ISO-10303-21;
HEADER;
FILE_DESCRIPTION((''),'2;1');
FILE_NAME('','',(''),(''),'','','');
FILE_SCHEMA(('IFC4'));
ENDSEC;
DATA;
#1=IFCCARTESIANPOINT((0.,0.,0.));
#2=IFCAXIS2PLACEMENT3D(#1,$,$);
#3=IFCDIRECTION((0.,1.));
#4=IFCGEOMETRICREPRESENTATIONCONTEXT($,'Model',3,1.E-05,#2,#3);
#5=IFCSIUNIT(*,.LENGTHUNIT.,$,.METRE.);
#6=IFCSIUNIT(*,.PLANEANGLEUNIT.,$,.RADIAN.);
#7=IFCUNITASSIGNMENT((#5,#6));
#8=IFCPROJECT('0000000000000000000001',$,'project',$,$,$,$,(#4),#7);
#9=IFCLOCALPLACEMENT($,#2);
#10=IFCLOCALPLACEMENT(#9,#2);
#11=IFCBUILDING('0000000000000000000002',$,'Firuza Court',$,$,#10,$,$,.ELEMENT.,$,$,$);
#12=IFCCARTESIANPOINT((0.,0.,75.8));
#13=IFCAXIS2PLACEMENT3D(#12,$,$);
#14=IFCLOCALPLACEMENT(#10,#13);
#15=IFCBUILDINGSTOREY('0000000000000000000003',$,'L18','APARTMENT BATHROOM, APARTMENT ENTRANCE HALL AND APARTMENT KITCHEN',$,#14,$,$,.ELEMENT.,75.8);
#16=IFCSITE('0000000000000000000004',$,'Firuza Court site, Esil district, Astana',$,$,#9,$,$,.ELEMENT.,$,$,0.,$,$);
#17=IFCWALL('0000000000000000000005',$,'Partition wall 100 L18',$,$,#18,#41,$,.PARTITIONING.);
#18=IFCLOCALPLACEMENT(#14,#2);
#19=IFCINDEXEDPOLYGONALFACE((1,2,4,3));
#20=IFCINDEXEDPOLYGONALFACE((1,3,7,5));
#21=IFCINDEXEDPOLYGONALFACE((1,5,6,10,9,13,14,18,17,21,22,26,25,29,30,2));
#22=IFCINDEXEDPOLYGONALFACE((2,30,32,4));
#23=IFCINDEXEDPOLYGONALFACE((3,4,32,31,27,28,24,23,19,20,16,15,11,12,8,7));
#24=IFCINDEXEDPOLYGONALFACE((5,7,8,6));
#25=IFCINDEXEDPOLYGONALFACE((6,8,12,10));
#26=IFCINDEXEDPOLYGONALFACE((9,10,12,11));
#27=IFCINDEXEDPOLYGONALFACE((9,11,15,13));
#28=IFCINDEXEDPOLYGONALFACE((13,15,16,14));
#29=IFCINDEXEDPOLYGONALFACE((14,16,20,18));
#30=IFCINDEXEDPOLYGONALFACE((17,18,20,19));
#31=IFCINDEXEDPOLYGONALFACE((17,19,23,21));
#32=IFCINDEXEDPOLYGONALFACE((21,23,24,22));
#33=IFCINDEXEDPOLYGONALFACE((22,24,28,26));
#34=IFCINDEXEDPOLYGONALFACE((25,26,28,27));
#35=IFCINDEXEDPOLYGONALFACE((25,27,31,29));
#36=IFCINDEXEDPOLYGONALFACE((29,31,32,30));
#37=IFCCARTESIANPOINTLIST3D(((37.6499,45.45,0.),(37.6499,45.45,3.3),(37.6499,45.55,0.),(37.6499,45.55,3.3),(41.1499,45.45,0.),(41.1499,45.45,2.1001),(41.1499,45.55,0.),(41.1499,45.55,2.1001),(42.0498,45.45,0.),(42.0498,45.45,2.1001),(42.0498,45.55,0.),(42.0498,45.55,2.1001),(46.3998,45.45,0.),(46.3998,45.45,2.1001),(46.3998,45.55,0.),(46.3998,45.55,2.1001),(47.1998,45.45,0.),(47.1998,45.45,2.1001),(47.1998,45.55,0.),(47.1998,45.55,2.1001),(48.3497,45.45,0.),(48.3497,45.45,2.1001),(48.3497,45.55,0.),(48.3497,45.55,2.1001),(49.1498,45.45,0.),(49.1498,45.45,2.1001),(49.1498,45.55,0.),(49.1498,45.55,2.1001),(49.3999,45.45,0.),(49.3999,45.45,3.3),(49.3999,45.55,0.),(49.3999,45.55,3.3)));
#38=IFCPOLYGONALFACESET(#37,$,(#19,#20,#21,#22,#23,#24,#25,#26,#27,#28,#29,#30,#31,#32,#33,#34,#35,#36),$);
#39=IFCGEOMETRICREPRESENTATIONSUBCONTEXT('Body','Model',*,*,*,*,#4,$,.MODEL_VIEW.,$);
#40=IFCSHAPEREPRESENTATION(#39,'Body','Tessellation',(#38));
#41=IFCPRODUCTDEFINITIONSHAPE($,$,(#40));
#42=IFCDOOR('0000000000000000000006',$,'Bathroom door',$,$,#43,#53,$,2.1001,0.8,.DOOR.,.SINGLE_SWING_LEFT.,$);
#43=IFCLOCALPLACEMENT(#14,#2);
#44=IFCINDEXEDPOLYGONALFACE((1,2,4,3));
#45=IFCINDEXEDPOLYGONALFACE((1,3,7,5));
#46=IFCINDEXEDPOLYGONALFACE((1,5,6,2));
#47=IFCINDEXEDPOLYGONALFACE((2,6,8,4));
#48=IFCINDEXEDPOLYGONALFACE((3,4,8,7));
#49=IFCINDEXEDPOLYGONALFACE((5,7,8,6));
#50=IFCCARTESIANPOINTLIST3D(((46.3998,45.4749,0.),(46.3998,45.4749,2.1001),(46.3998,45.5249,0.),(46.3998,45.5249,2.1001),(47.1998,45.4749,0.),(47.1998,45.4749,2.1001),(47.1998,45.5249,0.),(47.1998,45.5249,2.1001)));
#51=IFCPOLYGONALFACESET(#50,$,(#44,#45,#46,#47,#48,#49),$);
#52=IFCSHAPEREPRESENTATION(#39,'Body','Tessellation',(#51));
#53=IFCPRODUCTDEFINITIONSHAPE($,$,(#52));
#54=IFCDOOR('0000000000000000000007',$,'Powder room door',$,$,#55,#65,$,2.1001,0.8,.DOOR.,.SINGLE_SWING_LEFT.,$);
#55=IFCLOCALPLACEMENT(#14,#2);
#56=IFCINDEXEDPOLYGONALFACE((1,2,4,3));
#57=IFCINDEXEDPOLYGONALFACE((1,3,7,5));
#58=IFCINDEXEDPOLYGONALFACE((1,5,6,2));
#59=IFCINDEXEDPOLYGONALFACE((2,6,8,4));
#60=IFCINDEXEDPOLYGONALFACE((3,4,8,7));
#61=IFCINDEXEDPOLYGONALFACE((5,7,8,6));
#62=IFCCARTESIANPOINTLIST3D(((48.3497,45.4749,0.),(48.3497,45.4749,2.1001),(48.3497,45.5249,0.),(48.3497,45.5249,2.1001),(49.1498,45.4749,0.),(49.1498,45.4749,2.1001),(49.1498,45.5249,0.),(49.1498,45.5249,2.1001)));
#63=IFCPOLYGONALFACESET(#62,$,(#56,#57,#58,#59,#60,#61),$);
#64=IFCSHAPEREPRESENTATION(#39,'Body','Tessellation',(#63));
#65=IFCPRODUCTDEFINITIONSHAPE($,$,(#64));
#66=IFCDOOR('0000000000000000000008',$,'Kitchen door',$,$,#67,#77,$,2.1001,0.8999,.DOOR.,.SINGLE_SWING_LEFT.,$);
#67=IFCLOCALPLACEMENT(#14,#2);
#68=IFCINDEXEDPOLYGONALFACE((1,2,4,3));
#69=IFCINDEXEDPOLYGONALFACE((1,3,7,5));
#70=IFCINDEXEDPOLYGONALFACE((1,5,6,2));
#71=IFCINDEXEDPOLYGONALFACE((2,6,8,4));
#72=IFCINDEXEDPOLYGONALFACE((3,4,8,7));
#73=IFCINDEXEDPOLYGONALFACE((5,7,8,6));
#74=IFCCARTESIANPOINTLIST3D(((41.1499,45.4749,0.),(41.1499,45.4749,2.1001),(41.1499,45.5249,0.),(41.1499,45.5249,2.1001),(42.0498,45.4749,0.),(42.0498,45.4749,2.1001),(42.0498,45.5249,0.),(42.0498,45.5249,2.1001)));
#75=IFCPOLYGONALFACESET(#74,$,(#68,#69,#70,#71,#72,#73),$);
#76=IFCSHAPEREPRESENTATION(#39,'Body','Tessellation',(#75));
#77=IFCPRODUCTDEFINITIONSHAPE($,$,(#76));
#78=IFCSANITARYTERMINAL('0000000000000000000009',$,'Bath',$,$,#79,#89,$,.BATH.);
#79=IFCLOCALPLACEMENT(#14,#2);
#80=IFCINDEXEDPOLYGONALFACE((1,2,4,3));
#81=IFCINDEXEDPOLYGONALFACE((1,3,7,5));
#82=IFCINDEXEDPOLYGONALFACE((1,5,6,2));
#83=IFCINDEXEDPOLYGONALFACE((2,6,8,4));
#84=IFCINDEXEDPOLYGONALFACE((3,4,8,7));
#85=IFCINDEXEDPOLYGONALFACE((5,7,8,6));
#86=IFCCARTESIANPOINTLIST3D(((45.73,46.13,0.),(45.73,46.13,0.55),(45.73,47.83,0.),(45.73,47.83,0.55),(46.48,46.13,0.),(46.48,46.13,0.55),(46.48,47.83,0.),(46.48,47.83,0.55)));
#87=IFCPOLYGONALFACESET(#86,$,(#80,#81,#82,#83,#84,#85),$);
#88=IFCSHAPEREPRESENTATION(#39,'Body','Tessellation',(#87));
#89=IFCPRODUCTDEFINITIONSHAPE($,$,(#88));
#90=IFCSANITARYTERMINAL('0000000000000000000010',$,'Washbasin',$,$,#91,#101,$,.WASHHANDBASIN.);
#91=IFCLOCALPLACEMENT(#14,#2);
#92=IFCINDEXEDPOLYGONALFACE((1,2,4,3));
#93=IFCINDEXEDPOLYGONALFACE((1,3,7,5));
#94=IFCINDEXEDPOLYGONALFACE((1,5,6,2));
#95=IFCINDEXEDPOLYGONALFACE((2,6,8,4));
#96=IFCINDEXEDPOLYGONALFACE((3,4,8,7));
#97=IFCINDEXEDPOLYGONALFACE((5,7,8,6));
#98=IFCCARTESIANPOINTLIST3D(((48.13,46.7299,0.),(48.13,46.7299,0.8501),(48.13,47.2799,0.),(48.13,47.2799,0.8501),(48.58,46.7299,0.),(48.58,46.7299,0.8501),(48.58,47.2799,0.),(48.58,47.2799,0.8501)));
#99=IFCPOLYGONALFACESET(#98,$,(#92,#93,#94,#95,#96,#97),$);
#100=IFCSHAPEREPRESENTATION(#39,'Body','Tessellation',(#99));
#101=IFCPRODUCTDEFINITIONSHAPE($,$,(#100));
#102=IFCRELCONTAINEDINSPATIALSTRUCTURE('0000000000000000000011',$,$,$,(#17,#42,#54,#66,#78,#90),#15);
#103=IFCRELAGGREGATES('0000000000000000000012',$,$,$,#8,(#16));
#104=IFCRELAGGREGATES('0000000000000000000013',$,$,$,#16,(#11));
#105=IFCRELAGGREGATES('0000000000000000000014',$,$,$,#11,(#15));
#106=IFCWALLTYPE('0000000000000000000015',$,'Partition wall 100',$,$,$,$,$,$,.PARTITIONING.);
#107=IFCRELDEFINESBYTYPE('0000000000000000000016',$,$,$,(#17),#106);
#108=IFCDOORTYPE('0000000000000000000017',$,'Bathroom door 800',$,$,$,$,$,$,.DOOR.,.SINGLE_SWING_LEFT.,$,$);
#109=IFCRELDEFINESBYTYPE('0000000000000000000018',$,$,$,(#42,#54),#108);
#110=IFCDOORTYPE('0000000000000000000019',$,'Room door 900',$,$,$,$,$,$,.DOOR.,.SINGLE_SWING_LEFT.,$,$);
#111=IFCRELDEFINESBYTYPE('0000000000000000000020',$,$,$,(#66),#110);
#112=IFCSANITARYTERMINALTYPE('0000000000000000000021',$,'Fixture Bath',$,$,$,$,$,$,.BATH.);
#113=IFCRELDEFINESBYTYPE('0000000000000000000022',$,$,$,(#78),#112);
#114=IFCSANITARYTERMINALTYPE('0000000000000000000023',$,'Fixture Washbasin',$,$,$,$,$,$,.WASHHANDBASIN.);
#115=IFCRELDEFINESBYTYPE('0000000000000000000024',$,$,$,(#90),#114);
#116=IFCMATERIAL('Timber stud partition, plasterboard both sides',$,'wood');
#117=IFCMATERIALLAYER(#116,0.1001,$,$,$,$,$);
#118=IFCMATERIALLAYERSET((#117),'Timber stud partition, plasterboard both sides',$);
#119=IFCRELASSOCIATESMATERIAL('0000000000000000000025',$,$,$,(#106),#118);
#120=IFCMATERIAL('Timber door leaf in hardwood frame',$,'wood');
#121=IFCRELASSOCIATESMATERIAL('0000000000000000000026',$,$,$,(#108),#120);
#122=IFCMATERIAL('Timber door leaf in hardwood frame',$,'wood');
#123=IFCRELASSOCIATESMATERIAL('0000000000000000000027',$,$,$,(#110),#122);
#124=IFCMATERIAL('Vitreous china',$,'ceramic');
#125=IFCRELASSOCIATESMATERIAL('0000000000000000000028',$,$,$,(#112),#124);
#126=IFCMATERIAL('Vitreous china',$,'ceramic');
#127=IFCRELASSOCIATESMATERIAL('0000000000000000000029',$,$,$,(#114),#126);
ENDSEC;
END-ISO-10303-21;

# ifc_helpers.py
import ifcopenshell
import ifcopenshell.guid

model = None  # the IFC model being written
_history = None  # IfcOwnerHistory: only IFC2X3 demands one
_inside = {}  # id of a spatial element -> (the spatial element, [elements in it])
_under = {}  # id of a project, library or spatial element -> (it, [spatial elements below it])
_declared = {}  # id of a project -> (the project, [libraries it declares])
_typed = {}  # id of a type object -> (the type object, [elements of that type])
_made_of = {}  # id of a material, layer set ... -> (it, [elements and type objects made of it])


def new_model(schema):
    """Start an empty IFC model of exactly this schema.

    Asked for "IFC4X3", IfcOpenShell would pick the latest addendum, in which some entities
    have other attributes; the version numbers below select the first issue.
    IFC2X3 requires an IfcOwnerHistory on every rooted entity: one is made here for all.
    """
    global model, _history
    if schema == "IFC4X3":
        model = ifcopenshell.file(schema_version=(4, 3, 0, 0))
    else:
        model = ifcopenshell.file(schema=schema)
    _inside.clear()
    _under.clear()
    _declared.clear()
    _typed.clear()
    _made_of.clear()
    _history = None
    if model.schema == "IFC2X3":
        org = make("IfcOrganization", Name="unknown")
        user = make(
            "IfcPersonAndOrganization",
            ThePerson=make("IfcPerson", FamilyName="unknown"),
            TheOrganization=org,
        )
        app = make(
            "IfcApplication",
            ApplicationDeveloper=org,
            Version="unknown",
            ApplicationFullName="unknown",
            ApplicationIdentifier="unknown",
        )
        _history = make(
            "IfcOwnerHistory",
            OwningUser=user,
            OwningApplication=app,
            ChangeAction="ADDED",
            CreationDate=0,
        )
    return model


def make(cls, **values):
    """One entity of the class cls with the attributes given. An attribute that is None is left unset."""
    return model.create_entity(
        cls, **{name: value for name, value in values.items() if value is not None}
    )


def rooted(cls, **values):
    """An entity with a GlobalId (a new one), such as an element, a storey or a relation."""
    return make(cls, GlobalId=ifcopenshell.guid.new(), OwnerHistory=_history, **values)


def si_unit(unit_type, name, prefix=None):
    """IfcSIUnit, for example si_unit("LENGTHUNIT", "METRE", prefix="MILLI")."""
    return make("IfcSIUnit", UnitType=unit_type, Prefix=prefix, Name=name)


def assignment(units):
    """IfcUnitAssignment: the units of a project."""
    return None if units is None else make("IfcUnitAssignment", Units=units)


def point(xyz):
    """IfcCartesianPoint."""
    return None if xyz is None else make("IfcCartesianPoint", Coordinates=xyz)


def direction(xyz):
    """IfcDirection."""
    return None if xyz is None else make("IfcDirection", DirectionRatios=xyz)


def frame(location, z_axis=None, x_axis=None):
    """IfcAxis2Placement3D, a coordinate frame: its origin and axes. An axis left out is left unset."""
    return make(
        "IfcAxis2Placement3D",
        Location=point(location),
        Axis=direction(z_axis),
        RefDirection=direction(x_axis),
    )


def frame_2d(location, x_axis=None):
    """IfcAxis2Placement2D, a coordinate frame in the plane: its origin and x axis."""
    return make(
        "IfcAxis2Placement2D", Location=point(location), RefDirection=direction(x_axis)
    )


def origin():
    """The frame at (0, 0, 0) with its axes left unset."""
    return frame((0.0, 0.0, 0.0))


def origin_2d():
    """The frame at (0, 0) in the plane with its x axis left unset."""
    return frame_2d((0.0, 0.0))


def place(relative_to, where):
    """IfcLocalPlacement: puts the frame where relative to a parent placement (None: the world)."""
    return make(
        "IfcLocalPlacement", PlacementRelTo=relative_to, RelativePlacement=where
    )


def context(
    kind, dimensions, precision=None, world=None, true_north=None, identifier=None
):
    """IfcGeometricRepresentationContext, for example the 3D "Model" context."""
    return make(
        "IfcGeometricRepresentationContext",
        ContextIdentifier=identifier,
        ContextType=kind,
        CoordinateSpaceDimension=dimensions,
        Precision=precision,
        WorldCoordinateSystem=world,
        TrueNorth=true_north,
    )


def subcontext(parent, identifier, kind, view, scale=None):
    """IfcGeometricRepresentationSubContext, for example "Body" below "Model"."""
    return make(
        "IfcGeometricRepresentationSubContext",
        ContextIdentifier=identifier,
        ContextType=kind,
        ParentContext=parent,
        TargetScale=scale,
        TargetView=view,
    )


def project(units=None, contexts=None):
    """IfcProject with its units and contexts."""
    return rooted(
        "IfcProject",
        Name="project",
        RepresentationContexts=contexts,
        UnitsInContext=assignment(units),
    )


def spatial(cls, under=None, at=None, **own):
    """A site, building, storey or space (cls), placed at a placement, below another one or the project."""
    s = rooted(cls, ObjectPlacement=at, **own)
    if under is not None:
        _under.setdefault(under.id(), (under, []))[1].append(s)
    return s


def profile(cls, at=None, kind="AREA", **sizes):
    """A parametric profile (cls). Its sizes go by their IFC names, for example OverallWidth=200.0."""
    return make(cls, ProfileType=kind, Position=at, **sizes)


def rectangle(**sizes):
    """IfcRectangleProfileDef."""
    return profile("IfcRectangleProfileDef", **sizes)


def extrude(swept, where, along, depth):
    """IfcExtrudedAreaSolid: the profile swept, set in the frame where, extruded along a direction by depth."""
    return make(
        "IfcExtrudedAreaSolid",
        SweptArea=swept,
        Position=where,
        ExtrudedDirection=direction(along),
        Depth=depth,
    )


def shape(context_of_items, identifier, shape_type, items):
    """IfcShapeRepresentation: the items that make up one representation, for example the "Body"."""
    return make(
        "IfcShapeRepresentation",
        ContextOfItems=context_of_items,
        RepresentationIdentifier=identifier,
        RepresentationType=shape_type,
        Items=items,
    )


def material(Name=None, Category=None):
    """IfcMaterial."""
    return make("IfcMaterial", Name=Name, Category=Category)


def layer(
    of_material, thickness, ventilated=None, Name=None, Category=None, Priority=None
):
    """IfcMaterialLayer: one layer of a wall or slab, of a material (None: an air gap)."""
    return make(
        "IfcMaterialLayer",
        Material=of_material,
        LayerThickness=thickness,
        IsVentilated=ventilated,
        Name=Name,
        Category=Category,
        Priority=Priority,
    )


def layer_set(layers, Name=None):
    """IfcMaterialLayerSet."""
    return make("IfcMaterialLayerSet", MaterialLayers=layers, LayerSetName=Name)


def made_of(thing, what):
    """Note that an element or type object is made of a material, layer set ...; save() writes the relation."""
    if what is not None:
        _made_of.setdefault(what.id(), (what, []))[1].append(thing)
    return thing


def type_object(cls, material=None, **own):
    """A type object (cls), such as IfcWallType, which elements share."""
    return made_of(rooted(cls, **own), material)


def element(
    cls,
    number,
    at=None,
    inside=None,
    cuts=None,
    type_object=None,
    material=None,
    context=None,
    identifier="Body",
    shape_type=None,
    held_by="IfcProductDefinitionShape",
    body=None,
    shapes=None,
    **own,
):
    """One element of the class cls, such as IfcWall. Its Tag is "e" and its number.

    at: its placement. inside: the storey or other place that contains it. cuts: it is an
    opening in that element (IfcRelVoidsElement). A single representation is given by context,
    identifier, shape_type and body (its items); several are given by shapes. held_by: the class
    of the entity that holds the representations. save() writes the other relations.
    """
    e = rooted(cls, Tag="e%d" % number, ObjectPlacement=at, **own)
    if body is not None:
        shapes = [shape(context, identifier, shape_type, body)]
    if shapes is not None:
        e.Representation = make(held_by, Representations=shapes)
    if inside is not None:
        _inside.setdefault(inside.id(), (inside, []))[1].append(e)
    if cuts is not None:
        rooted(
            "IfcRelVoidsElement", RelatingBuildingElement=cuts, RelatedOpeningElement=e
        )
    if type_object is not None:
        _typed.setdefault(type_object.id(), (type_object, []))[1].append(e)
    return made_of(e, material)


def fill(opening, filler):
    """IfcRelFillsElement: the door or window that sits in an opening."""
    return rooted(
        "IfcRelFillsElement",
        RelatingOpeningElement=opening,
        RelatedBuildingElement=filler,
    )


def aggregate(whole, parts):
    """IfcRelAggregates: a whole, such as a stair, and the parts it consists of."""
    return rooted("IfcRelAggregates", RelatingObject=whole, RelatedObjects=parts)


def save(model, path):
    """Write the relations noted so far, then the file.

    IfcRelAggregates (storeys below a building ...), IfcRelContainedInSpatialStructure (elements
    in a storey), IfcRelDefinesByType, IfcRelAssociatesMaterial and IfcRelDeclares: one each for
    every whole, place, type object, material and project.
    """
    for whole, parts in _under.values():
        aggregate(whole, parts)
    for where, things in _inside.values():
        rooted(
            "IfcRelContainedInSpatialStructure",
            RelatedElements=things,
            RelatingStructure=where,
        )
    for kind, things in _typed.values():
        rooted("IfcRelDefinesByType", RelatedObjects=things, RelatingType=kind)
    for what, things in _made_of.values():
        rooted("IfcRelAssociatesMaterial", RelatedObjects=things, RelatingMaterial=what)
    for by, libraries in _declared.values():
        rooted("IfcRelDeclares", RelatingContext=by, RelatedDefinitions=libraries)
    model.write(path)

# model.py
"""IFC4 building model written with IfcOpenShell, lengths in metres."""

from ifc_helpers import new_model, si_unit, direction, frame, frame_2d, origin, origin_2d, place, context, subcontext, project, spatial, rectangle, extrude, material, layer, layer_set, type_object, element, fill, save


model = new_model("IFC4")

# Units and contexts
model_context = context("Model", 3, precision=1e-05, world=origin(), true_north=direction((0.0, 1.0)))
body_context = subcontext(model_context, "Body", "Model", "MODEL_VIEW")
ifc_project = project(units=[si_unit("LENGTHUNIT", "METRE"), si_unit("PLANEANGLEUNIT", "RADIAN")], contexts=[model_context])

# Site, building, storey
site_placement = place(None, origin())
site = spatial("IfcSite", under=ifc_project, at=site_placement, Name="Firuza Court site, Esil district, Astana", CompositionType="ELEMENT", RefElevation=0.0)
building_placement = place(site_placement, origin())
building = spatial("IfcBuilding", under=site, at=building_placement, Name="Firuza Court", CompositionType="ELEMENT")
storey_placement = place(building_placement, frame((0.0, 0.0, 75.8)))
storey = spatial("IfcBuildingStorey", under=building, at=storey_placement, Name="L18", Description="APARTMENT BATHROOM, APARTMENT ENTRANCE HALL AND APARTMENT KITCHEN", CompositionType="ELEMENT", Elevation=75.8)

# Shared definitions
ifc_material_1 = material(Name="Timber stud partition, plasterboard both sides", Category="wood")
ifc_layer_1 = layer(ifc_material_1, 0.1001)
ifc_layer_set_1 = layer_set([ifc_layer_1], Name="Timber stud partition, plasterboard both sides")
wall_type_1 = type_object("IfcWallType", Name="Partition wall 100", PredefinedType="PARTITIONING", material=ifc_layer_set_1)

# Wall, openings, doors
wall_1_placement = place(storey_placement, frame((37.6499, 45.5, 0.0), z_axis=(0.0, 0.0, 1.0), x_axis=(1.0, 0.0, 0.0)))
wall_1 = element("IfcWall", 1, at=wall_1_placement, inside=storey, type_object=wall_type_1, Name="Partition wall 100 L18", PredefinedType="PARTITIONING", context=body_context, shape_type="SweptSolid", body=[
    extrude(rectangle(XDim=11.75, YDim=0.1001, at=frame_2d((5.875, 0.0))), origin(), (0.0, 0.0, 1.0), 3.3),
])
opening_1_placement = place(wall_1_placement, frame((8.75, 0.0, 0.0)))
opening_1 = element("IfcOpeningElement", 2, at=opening_1_placement, cuts=wall_1, PredefinedType="OPENING", context=body_context, shape_type="SweptSolid", body=[
    extrude(rectangle(XDim=0.8, YDim=2.1001, at=frame_2d((0.3999, 1.05))), frame((0.0, 0.062, 0.0), z_axis=(0.0, -1.0, 0.0), x_axis=(1.0, 0.0, 0.0)), (0.0, 0.0, 1.0), 0.124),
])
opening_2_placement = place(wall_1_placement, frame((3.5, 0.0, 0.0)))
opening_2 = element("IfcOpeningElement", 3, at=opening_2_placement, cuts=wall_1, PredefinedType="OPENING", context=body_context, shape_type="SweptSolid", body=[
    extrude(rectangle(XDim=0.8999, YDim=2.1001, at=frame_2d((0.45, 1.05))), frame((0.0, 0.062, 0.0), z_axis=(0.0, -1.0, 0.0), x_axis=(1.0, 0.0, 0.0)), (0.0, 0.0, 1.0), 0.124),
])
opening_3_placement = place(wall_1_placement, frame((10.7, 0.0, 0.0)))
opening_3 = element("IfcOpeningElement", 4, at=opening_3_placement, cuts=wall_1, PredefinedType="OPENING", context=body_context, shape_type="SweptSolid", body=[
    extrude(rectangle(XDim=0.8, YDim=2.1001, at=frame_2d((0.3999, 1.05))), frame((0.0, 0.062, 0.0), z_axis=(0.0, -1.0, 0.0), x_axis=(1.0, 0.0, 0.0)), (0.0, 0.0, 1.0), 0.124),
])
ifc_material_2 = material(Name="Timber door leaf in hardwood frame", Category="wood")
door_type_1 = type_object("IfcDoorType", Name="Bathroom door 800", OperationType="SINGLE_SWING_LEFT", PredefinedType="DOOR", material=ifc_material_2)
door_1_placement = place(opening_1_placement, origin())
door_1 = element("IfcDoor", 5, at=door_1_placement, inside=storey, type_object=door_type_1, Name="Bathroom door", OperationType="SINGLE_SWING_LEFT", OverallHeight=2.1001, OverallWidth=0.8, PredefinedType="DOOR", context=body_context, shape_type="SweptSolid", body=[
    extrude(rectangle(XDim=0.8, YDim=2.1001, at=frame_2d((0.3999, 1.05))), frame((0.0, 0.0249, 0.0), z_axis=(0.0, -1.0, 0.0), x_axis=(1.0, 0.0, 0.0)), (0.0, 0.0, 1.0), 0.05),
])
fill(opening_1, door_1)
door_2_placement = place(opening_3_placement, origin())
door_2 = element("IfcDoor", 6, at=door_2_placement, inside=storey, type_object=door_type_1, Name="Powder room door", OperationType="SINGLE_SWING_LEFT", OverallHeight=2.1001, OverallWidth=0.8, PredefinedType="DOOR", context=body_context, shape_type="SweptSolid", body=[
    extrude(rectangle(XDim=0.8, YDim=2.1001, at=frame_2d((0.3999, 1.05))), frame((0.0, 0.0249, 0.0), z_axis=(0.0, -1.0, 0.0), x_axis=(1.0, 0.0, 0.0)), (0.0, 0.0, 1.0), 0.05),
])
fill(opening_3, door_2)
ifc_material_3 = material(Name="Timber door leaf in hardwood frame", Category="wood")
door_type_2 = type_object("IfcDoorType", Name="Room door 900", OperationType="SINGLE_SWING_LEFT", PredefinedType="DOOR", material=ifc_material_3)
door_3_placement = place(opening_2_placement, origin())
door_3 = element("IfcDoor", 7, at=door_3_placement, inside=storey, type_object=door_type_2, Name="Kitchen door", OperationType="SINGLE_SWING_LEFT", OverallHeight=2.1001, OverallWidth=0.8999, PredefinedType="DOOR", context=body_context, shape_type="SweptSolid", body=[
    extrude(rectangle(XDim=0.8999, YDim=2.1001, at=frame_2d((0.45, 1.05))), frame((0.0, 0.0249, 0.0), z_axis=(0.0, -1.0, 0.0), x_axis=(1.0, 0.0, 0.0)), (0.0, 0.0, 1.0), 0.05),
])
fill(opening_2, door_3)

# Sanitary terminals
ifc_material_4 = material(Name="Vitreous china", Category="ceramic")
sanitary_terminal_type_1 = type_object("IfcSanitaryTerminalType", Name="Fixture Bath", PredefinedType="BATH", material=ifc_material_4)
sanitary_terminal_1_placement = place(storey_placement, frame((46.105, 46.98, 0.0), z_axis=(0.0, 0.0, 1.0), x_axis=(1.0, 0.0, 0.0)))
element("IfcSanitaryTerminal", 8, at=sanitary_terminal_1_placement, inside=storey, type_object=sanitary_terminal_type_1, Name="Bath", PredefinedType="BATH", context=body_context, shape_type="SweptSolid", body=[
    extrude(rectangle(XDim=0.75, YDim=1.7, at=origin_2d()), origin(), (0.0, 0.0, 1.0), 0.55),
])
ifc_material_5 = material(Name="Vitreous china", Category="ceramic")
sanitary_terminal_type_2 = type_object("IfcSanitaryTerminalType", Name="Fixture Washbasin", PredefinedType="WASHHANDBASIN", material=ifc_material_5)
sanitary_terminal_2_placement = place(storey_placement, frame((48.355, 47.0049, 0.0), z_axis=(0.0, 0.0, 1.0), x_axis=(1.0, 0.0, 0.0)))
element("IfcSanitaryTerminal", 9, at=sanitary_terminal_2_placement, inside=storey, type_object=sanitary_terminal_type_2, Name="Washbasin", PredefinedType="WASHHANDBASIN", context=body_context, shape_type="SweptSolid", body=[
    extrude(rectangle(XDim=0.45, YDim=0.55, at=origin_2d()), origin(), (0.0, 0.0, 1.0), 0.8501),
])

save(model, "model.ifc")
